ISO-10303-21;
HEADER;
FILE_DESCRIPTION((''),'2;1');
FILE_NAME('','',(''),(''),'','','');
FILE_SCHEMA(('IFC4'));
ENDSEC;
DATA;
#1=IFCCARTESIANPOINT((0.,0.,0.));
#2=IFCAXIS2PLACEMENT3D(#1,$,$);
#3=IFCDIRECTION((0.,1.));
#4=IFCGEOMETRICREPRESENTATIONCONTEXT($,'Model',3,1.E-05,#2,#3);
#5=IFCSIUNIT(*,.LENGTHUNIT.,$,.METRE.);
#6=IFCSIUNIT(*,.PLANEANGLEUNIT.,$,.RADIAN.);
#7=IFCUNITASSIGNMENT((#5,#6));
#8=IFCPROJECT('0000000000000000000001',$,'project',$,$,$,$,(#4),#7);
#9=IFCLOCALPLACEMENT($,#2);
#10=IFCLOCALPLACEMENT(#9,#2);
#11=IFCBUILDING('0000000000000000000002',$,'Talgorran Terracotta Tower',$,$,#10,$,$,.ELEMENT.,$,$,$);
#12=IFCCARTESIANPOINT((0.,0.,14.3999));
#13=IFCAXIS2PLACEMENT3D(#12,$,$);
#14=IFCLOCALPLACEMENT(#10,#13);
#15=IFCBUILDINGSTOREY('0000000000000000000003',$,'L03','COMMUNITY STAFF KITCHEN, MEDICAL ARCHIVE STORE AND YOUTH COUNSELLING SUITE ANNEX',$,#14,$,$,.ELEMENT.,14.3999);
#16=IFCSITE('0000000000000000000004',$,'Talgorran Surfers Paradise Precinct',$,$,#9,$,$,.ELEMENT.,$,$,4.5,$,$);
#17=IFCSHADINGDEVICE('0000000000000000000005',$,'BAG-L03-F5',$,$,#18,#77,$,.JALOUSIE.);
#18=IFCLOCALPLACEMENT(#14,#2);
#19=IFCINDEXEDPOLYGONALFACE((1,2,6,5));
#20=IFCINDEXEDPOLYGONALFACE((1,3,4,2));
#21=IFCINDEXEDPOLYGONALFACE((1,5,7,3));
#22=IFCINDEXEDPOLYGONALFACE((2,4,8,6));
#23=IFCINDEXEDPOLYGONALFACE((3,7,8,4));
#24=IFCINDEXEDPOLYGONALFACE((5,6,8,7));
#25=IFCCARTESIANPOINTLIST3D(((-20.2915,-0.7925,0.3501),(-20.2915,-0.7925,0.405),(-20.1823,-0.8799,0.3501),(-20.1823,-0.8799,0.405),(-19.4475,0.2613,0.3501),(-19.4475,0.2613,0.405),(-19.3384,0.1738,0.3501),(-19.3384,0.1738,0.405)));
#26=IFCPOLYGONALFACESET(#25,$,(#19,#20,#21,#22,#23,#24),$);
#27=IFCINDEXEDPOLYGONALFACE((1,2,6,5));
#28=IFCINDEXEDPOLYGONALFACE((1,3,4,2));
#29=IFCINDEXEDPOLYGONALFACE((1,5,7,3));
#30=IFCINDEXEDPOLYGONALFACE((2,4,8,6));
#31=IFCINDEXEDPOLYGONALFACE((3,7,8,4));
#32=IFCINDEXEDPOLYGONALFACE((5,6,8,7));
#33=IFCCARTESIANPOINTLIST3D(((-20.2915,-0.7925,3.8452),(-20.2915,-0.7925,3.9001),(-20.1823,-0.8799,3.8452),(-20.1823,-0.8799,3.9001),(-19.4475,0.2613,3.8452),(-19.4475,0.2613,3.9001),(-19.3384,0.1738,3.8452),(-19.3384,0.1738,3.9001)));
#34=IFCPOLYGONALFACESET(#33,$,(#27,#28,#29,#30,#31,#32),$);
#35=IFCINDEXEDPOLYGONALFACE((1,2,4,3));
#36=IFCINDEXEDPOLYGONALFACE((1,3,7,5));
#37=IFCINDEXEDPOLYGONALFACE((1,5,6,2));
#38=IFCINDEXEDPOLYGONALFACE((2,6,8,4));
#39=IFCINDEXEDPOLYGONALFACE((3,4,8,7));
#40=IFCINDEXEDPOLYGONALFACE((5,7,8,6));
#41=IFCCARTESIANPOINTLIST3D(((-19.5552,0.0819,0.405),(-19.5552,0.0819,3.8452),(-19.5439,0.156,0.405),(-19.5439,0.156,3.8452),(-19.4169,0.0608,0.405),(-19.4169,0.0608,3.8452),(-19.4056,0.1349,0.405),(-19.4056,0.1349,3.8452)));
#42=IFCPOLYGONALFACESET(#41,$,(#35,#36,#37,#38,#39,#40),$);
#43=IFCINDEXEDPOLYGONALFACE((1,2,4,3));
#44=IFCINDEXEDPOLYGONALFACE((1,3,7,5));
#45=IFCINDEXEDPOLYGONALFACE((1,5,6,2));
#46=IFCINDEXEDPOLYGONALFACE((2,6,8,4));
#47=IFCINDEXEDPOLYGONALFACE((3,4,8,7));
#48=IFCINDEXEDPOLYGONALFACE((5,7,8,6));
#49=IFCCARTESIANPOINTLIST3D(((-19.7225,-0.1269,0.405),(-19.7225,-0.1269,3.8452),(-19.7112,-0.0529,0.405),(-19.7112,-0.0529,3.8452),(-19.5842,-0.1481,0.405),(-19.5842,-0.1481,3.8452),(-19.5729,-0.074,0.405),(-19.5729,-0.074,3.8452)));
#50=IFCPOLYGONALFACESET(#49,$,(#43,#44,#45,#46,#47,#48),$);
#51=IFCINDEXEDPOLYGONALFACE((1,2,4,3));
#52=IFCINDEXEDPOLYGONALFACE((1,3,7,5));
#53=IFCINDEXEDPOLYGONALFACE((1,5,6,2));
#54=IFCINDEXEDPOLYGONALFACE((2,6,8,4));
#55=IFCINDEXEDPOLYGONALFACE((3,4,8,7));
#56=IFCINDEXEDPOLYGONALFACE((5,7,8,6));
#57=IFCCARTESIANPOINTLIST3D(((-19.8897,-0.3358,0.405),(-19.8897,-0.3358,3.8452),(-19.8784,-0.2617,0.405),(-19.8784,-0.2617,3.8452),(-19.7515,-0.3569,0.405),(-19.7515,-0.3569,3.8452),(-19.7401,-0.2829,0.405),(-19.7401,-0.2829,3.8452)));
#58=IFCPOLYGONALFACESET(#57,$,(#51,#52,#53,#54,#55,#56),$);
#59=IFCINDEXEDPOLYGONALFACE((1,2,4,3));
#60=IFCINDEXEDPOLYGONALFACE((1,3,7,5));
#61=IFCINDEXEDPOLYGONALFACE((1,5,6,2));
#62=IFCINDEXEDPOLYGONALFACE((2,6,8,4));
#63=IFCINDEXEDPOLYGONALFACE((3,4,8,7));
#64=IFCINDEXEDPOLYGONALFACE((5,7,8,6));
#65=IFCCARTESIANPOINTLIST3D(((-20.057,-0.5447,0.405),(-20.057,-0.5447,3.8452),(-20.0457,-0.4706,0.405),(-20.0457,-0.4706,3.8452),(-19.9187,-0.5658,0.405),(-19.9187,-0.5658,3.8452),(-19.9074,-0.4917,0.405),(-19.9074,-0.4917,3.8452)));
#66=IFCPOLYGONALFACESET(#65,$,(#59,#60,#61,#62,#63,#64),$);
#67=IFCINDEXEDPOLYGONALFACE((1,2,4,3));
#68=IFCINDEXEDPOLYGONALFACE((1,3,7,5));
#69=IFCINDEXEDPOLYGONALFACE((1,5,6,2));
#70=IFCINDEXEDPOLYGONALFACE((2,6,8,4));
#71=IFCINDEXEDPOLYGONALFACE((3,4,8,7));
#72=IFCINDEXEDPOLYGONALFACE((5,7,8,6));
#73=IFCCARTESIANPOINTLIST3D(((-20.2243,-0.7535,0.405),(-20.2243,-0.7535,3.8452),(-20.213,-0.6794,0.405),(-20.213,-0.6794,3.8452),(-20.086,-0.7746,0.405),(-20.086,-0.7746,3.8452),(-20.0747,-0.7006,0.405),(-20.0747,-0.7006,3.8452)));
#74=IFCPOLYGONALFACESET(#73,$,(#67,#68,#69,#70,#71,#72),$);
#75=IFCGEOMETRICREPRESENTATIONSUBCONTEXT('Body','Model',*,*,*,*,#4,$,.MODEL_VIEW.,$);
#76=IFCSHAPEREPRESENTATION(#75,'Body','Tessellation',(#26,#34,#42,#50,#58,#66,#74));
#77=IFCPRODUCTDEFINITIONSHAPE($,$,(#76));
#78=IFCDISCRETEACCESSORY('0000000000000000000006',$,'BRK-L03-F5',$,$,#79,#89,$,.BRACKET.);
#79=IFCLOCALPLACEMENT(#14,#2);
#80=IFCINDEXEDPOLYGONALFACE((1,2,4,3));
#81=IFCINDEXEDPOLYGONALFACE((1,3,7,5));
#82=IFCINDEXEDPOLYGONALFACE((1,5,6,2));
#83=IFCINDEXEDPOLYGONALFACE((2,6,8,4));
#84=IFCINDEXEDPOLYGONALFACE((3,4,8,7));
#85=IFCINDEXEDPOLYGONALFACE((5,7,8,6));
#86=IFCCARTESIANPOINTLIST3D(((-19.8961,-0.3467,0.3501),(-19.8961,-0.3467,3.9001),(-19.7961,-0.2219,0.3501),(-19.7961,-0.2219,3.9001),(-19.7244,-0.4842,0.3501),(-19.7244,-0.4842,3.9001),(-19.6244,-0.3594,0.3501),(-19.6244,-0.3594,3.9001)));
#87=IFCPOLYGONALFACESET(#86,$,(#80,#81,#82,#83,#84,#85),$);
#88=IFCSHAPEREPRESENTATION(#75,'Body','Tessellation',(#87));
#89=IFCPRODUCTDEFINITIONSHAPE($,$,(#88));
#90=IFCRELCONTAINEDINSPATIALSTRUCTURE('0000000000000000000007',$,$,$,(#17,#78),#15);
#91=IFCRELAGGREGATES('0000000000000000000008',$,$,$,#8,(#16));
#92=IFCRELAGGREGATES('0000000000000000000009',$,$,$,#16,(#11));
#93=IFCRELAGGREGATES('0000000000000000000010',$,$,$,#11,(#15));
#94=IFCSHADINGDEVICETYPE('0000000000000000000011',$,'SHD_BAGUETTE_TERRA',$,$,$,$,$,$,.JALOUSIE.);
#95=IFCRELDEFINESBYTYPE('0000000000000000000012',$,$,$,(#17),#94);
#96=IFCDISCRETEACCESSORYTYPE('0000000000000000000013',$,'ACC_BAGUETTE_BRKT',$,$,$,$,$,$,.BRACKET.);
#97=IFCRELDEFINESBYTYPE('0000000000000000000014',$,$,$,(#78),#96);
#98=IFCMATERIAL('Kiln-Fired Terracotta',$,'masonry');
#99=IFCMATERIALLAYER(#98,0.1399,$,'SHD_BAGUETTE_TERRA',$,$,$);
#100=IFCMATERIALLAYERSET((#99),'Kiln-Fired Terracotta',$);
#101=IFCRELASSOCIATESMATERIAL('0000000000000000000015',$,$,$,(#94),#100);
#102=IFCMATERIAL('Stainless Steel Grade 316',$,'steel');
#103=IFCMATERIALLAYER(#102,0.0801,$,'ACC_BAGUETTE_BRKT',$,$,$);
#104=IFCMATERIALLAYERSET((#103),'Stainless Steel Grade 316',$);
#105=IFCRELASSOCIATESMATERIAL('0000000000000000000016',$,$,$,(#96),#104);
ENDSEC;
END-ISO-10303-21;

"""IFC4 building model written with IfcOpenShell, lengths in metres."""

from ifc_helpers import new_model, si_unit, direction, frame, origin, origin_2d, place, context, subcontext, project, spatial, rectangle, extrude, source, transform, mapped, material, layer, layer_set, type_object, type_shapes, element, save


model = new_model("IFC4")

# Units and contexts
model_context = context("Model", 3, precision=1e-05, world=origin(), true_north=direction((0.0, 1.0)))
body_context = subcontext(model_context, "Body", "Model", "MODEL_VIEW")
ifc_project = project(units=[si_unit("LENGTHUNIT", "METRE"), si_unit("PLANEANGLEUNIT", "RADIAN")], contexts=[model_context])

# Site, building, storey
site_placement = place(None, origin())
site = spatial("IfcSite", under=ifc_project, at=site_placement, Name="Talgorran Surfers Paradise Precinct", CompositionType="ELEMENT", RefElevation=4.5)
building_placement = place(site_placement, origin())
building = spatial("IfcBuilding", under=site, at=building_placement, Name="Talgorran Terracotta Tower", CompositionType="ELEMENT")
storey_placement = place(building_placement, frame((0.0, 0.0, 14.3999)))
storey = spatial("IfcBuildingStorey", under=building, at=storey_placement, Name="L03", Description="COMMUNITY STAFF KITCHEN, MEDICAL ARCHIVE STORE AND YOUTH COUNSELLING SUITE ANNEX", CompositionType="ELEMENT", Elevation=14.3999)

# Shading device
ifc_material_1 = material(Name="Kiln-Fired Terracotta", Category="masonry")
ifc_layer_1 = layer(ifc_material_1, 0.1399, Name="SHD_BAGUETTE_TERRA")
ifc_layer_set_1 = layer_set([ifc_layer_1], Name="Kiln-Fired Terracotta")
shading_device_type = type_object("IfcShadingDeviceType", Name="SHD_BAGUETTE_TERRA", PredefinedType="JALOUSIE", material=ifc_layer_set_1)
shared_shape_1 = source(origin(), body_context, "Body", "SweptSolid", [
    extrude(rectangle(XDim=1.3501, YDim=0.1399, at=origin_2d()), origin(), (0.0, 0.0, 1.0), 0.0549),
    extrude(rectangle(XDim=1.3501, YDim=0.1399, at=origin_2d()), frame((0.0, 0.0, 3.4951)), (0.0, 0.0, 1.0), 0.0549),
    extrude(rectangle(XDim=0.075, YDim=0.1399, at=origin_2d()), frame((-0.5352, 0.0, 0.0549), z_axis=(0.0, 0.0, 1.0), x_axis=(0.866025, 0.5, 0.0)), (0.0, 0.0, 1.0), 3.4402),
    extrude(rectangle(XDim=0.075, YDim=0.1399, at=origin_2d()), frame((-0.2676, 0.0, 0.0549), z_axis=(0.0, 0.0, 1.0), x_axis=(0.866025, 0.5, 0.0)), (0.0, 0.0, 1.0), 3.4402),
    extrude(rectangle(XDim=0.075, YDim=0.1399, at=origin_2d()), frame((0.0, 0.0, 0.0549), z_axis=(0.0, 0.0, 1.0), x_axis=(0.866025, 0.5, 0.0)), (0.0, 0.0, 1.0), 3.4402),
    extrude(rectangle(XDim=0.075, YDim=0.1399, at=origin_2d()), frame((0.2676, 0.0, 0.0549), z_axis=(0.0, 0.0, 1.0), x_axis=(0.866025, 0.5, 0.0)), (0.0, 0.0, 1.0), 3.4402),
    extrude(rectangle(XDim=0.075, YDim=0.1399, at=origin_2d()), frame((0.5352, 0.0, 0.0549), z_axis=(0.0, 0.0, 1.0), x_axis=(0.866025, 0.5, 0.0)), (0.0, 0.0, 1.0), 3.4402),
])
type_shapes(shading_device_type, [shared_shape_1])
shading_device_placement = place(storey_placement, frame((-19.8149, -0.3093, 0.3501), z_axis=(0.0, 0.0, 1.0), x_axis=(-0.62512, -0.780529, 0.0)))
element("IfcShadingDevice", 1, at=shading_device_placement, inside=storey, type_object=shading_device_type, Name="BAG-L03-F5", PredefinedType="JALOUSIE", context=body_context, shape_type="MappedRepresentation", body=[
    mapped(shared_shape_1, transform((0.0, 0.0, 0.0), scale=1.0)),
])

# Discrete accessory
ifc_material_2 = material(Name="Stainless Steel Grade 316", Category="steel")
ifc_layer_2 = layer(ifc_material_2, 0.0801, Name="ACC_BAGUETTE_BRKT")
ifc_layer_set_2 = layer_set([ifc_layer_2], Name="Stainless Steel Grade 316")
discrete_accessory_type = type_object("IfcDiscreteAccessoryType", Name="ACC_BAGUETTE_BRKT", PredefinedType="BRACKET", material=ifc_layer_set_2)
shared_shape_2 = source(origin(), body_context, "Body", "SweptSolid", [
    extrude(rectangle(XDim=0.1599, YDim=0.22, at=origin_2d()), origin(), (0.0, 0.0, 1.0), 3.55),
])
type_shapes(discrete_accessory_type, [shared_shape_2])
discrete_accessory_placement = place(storey_placement, frame((-19.7603, -0.353, 0.3501), z_axis=(0.0, 0.0, 1.0), x_axis=(-0.62512, -0.780529, 0.0)))
element("IfcDiscreteAccessory", 2, at=discrete_accessory_placement, inside=storey, type_object=discrete_accessory_type, Name="BRK-L03-F5", PredefinedType="BRACKET", context=body_context, shape_type="MappedRepresentation", body=[
    mapped(shared_shape_2, transform((0.0, 0.0, 0.0), scale=1.0)),
])

save(model, "model.ifc")
